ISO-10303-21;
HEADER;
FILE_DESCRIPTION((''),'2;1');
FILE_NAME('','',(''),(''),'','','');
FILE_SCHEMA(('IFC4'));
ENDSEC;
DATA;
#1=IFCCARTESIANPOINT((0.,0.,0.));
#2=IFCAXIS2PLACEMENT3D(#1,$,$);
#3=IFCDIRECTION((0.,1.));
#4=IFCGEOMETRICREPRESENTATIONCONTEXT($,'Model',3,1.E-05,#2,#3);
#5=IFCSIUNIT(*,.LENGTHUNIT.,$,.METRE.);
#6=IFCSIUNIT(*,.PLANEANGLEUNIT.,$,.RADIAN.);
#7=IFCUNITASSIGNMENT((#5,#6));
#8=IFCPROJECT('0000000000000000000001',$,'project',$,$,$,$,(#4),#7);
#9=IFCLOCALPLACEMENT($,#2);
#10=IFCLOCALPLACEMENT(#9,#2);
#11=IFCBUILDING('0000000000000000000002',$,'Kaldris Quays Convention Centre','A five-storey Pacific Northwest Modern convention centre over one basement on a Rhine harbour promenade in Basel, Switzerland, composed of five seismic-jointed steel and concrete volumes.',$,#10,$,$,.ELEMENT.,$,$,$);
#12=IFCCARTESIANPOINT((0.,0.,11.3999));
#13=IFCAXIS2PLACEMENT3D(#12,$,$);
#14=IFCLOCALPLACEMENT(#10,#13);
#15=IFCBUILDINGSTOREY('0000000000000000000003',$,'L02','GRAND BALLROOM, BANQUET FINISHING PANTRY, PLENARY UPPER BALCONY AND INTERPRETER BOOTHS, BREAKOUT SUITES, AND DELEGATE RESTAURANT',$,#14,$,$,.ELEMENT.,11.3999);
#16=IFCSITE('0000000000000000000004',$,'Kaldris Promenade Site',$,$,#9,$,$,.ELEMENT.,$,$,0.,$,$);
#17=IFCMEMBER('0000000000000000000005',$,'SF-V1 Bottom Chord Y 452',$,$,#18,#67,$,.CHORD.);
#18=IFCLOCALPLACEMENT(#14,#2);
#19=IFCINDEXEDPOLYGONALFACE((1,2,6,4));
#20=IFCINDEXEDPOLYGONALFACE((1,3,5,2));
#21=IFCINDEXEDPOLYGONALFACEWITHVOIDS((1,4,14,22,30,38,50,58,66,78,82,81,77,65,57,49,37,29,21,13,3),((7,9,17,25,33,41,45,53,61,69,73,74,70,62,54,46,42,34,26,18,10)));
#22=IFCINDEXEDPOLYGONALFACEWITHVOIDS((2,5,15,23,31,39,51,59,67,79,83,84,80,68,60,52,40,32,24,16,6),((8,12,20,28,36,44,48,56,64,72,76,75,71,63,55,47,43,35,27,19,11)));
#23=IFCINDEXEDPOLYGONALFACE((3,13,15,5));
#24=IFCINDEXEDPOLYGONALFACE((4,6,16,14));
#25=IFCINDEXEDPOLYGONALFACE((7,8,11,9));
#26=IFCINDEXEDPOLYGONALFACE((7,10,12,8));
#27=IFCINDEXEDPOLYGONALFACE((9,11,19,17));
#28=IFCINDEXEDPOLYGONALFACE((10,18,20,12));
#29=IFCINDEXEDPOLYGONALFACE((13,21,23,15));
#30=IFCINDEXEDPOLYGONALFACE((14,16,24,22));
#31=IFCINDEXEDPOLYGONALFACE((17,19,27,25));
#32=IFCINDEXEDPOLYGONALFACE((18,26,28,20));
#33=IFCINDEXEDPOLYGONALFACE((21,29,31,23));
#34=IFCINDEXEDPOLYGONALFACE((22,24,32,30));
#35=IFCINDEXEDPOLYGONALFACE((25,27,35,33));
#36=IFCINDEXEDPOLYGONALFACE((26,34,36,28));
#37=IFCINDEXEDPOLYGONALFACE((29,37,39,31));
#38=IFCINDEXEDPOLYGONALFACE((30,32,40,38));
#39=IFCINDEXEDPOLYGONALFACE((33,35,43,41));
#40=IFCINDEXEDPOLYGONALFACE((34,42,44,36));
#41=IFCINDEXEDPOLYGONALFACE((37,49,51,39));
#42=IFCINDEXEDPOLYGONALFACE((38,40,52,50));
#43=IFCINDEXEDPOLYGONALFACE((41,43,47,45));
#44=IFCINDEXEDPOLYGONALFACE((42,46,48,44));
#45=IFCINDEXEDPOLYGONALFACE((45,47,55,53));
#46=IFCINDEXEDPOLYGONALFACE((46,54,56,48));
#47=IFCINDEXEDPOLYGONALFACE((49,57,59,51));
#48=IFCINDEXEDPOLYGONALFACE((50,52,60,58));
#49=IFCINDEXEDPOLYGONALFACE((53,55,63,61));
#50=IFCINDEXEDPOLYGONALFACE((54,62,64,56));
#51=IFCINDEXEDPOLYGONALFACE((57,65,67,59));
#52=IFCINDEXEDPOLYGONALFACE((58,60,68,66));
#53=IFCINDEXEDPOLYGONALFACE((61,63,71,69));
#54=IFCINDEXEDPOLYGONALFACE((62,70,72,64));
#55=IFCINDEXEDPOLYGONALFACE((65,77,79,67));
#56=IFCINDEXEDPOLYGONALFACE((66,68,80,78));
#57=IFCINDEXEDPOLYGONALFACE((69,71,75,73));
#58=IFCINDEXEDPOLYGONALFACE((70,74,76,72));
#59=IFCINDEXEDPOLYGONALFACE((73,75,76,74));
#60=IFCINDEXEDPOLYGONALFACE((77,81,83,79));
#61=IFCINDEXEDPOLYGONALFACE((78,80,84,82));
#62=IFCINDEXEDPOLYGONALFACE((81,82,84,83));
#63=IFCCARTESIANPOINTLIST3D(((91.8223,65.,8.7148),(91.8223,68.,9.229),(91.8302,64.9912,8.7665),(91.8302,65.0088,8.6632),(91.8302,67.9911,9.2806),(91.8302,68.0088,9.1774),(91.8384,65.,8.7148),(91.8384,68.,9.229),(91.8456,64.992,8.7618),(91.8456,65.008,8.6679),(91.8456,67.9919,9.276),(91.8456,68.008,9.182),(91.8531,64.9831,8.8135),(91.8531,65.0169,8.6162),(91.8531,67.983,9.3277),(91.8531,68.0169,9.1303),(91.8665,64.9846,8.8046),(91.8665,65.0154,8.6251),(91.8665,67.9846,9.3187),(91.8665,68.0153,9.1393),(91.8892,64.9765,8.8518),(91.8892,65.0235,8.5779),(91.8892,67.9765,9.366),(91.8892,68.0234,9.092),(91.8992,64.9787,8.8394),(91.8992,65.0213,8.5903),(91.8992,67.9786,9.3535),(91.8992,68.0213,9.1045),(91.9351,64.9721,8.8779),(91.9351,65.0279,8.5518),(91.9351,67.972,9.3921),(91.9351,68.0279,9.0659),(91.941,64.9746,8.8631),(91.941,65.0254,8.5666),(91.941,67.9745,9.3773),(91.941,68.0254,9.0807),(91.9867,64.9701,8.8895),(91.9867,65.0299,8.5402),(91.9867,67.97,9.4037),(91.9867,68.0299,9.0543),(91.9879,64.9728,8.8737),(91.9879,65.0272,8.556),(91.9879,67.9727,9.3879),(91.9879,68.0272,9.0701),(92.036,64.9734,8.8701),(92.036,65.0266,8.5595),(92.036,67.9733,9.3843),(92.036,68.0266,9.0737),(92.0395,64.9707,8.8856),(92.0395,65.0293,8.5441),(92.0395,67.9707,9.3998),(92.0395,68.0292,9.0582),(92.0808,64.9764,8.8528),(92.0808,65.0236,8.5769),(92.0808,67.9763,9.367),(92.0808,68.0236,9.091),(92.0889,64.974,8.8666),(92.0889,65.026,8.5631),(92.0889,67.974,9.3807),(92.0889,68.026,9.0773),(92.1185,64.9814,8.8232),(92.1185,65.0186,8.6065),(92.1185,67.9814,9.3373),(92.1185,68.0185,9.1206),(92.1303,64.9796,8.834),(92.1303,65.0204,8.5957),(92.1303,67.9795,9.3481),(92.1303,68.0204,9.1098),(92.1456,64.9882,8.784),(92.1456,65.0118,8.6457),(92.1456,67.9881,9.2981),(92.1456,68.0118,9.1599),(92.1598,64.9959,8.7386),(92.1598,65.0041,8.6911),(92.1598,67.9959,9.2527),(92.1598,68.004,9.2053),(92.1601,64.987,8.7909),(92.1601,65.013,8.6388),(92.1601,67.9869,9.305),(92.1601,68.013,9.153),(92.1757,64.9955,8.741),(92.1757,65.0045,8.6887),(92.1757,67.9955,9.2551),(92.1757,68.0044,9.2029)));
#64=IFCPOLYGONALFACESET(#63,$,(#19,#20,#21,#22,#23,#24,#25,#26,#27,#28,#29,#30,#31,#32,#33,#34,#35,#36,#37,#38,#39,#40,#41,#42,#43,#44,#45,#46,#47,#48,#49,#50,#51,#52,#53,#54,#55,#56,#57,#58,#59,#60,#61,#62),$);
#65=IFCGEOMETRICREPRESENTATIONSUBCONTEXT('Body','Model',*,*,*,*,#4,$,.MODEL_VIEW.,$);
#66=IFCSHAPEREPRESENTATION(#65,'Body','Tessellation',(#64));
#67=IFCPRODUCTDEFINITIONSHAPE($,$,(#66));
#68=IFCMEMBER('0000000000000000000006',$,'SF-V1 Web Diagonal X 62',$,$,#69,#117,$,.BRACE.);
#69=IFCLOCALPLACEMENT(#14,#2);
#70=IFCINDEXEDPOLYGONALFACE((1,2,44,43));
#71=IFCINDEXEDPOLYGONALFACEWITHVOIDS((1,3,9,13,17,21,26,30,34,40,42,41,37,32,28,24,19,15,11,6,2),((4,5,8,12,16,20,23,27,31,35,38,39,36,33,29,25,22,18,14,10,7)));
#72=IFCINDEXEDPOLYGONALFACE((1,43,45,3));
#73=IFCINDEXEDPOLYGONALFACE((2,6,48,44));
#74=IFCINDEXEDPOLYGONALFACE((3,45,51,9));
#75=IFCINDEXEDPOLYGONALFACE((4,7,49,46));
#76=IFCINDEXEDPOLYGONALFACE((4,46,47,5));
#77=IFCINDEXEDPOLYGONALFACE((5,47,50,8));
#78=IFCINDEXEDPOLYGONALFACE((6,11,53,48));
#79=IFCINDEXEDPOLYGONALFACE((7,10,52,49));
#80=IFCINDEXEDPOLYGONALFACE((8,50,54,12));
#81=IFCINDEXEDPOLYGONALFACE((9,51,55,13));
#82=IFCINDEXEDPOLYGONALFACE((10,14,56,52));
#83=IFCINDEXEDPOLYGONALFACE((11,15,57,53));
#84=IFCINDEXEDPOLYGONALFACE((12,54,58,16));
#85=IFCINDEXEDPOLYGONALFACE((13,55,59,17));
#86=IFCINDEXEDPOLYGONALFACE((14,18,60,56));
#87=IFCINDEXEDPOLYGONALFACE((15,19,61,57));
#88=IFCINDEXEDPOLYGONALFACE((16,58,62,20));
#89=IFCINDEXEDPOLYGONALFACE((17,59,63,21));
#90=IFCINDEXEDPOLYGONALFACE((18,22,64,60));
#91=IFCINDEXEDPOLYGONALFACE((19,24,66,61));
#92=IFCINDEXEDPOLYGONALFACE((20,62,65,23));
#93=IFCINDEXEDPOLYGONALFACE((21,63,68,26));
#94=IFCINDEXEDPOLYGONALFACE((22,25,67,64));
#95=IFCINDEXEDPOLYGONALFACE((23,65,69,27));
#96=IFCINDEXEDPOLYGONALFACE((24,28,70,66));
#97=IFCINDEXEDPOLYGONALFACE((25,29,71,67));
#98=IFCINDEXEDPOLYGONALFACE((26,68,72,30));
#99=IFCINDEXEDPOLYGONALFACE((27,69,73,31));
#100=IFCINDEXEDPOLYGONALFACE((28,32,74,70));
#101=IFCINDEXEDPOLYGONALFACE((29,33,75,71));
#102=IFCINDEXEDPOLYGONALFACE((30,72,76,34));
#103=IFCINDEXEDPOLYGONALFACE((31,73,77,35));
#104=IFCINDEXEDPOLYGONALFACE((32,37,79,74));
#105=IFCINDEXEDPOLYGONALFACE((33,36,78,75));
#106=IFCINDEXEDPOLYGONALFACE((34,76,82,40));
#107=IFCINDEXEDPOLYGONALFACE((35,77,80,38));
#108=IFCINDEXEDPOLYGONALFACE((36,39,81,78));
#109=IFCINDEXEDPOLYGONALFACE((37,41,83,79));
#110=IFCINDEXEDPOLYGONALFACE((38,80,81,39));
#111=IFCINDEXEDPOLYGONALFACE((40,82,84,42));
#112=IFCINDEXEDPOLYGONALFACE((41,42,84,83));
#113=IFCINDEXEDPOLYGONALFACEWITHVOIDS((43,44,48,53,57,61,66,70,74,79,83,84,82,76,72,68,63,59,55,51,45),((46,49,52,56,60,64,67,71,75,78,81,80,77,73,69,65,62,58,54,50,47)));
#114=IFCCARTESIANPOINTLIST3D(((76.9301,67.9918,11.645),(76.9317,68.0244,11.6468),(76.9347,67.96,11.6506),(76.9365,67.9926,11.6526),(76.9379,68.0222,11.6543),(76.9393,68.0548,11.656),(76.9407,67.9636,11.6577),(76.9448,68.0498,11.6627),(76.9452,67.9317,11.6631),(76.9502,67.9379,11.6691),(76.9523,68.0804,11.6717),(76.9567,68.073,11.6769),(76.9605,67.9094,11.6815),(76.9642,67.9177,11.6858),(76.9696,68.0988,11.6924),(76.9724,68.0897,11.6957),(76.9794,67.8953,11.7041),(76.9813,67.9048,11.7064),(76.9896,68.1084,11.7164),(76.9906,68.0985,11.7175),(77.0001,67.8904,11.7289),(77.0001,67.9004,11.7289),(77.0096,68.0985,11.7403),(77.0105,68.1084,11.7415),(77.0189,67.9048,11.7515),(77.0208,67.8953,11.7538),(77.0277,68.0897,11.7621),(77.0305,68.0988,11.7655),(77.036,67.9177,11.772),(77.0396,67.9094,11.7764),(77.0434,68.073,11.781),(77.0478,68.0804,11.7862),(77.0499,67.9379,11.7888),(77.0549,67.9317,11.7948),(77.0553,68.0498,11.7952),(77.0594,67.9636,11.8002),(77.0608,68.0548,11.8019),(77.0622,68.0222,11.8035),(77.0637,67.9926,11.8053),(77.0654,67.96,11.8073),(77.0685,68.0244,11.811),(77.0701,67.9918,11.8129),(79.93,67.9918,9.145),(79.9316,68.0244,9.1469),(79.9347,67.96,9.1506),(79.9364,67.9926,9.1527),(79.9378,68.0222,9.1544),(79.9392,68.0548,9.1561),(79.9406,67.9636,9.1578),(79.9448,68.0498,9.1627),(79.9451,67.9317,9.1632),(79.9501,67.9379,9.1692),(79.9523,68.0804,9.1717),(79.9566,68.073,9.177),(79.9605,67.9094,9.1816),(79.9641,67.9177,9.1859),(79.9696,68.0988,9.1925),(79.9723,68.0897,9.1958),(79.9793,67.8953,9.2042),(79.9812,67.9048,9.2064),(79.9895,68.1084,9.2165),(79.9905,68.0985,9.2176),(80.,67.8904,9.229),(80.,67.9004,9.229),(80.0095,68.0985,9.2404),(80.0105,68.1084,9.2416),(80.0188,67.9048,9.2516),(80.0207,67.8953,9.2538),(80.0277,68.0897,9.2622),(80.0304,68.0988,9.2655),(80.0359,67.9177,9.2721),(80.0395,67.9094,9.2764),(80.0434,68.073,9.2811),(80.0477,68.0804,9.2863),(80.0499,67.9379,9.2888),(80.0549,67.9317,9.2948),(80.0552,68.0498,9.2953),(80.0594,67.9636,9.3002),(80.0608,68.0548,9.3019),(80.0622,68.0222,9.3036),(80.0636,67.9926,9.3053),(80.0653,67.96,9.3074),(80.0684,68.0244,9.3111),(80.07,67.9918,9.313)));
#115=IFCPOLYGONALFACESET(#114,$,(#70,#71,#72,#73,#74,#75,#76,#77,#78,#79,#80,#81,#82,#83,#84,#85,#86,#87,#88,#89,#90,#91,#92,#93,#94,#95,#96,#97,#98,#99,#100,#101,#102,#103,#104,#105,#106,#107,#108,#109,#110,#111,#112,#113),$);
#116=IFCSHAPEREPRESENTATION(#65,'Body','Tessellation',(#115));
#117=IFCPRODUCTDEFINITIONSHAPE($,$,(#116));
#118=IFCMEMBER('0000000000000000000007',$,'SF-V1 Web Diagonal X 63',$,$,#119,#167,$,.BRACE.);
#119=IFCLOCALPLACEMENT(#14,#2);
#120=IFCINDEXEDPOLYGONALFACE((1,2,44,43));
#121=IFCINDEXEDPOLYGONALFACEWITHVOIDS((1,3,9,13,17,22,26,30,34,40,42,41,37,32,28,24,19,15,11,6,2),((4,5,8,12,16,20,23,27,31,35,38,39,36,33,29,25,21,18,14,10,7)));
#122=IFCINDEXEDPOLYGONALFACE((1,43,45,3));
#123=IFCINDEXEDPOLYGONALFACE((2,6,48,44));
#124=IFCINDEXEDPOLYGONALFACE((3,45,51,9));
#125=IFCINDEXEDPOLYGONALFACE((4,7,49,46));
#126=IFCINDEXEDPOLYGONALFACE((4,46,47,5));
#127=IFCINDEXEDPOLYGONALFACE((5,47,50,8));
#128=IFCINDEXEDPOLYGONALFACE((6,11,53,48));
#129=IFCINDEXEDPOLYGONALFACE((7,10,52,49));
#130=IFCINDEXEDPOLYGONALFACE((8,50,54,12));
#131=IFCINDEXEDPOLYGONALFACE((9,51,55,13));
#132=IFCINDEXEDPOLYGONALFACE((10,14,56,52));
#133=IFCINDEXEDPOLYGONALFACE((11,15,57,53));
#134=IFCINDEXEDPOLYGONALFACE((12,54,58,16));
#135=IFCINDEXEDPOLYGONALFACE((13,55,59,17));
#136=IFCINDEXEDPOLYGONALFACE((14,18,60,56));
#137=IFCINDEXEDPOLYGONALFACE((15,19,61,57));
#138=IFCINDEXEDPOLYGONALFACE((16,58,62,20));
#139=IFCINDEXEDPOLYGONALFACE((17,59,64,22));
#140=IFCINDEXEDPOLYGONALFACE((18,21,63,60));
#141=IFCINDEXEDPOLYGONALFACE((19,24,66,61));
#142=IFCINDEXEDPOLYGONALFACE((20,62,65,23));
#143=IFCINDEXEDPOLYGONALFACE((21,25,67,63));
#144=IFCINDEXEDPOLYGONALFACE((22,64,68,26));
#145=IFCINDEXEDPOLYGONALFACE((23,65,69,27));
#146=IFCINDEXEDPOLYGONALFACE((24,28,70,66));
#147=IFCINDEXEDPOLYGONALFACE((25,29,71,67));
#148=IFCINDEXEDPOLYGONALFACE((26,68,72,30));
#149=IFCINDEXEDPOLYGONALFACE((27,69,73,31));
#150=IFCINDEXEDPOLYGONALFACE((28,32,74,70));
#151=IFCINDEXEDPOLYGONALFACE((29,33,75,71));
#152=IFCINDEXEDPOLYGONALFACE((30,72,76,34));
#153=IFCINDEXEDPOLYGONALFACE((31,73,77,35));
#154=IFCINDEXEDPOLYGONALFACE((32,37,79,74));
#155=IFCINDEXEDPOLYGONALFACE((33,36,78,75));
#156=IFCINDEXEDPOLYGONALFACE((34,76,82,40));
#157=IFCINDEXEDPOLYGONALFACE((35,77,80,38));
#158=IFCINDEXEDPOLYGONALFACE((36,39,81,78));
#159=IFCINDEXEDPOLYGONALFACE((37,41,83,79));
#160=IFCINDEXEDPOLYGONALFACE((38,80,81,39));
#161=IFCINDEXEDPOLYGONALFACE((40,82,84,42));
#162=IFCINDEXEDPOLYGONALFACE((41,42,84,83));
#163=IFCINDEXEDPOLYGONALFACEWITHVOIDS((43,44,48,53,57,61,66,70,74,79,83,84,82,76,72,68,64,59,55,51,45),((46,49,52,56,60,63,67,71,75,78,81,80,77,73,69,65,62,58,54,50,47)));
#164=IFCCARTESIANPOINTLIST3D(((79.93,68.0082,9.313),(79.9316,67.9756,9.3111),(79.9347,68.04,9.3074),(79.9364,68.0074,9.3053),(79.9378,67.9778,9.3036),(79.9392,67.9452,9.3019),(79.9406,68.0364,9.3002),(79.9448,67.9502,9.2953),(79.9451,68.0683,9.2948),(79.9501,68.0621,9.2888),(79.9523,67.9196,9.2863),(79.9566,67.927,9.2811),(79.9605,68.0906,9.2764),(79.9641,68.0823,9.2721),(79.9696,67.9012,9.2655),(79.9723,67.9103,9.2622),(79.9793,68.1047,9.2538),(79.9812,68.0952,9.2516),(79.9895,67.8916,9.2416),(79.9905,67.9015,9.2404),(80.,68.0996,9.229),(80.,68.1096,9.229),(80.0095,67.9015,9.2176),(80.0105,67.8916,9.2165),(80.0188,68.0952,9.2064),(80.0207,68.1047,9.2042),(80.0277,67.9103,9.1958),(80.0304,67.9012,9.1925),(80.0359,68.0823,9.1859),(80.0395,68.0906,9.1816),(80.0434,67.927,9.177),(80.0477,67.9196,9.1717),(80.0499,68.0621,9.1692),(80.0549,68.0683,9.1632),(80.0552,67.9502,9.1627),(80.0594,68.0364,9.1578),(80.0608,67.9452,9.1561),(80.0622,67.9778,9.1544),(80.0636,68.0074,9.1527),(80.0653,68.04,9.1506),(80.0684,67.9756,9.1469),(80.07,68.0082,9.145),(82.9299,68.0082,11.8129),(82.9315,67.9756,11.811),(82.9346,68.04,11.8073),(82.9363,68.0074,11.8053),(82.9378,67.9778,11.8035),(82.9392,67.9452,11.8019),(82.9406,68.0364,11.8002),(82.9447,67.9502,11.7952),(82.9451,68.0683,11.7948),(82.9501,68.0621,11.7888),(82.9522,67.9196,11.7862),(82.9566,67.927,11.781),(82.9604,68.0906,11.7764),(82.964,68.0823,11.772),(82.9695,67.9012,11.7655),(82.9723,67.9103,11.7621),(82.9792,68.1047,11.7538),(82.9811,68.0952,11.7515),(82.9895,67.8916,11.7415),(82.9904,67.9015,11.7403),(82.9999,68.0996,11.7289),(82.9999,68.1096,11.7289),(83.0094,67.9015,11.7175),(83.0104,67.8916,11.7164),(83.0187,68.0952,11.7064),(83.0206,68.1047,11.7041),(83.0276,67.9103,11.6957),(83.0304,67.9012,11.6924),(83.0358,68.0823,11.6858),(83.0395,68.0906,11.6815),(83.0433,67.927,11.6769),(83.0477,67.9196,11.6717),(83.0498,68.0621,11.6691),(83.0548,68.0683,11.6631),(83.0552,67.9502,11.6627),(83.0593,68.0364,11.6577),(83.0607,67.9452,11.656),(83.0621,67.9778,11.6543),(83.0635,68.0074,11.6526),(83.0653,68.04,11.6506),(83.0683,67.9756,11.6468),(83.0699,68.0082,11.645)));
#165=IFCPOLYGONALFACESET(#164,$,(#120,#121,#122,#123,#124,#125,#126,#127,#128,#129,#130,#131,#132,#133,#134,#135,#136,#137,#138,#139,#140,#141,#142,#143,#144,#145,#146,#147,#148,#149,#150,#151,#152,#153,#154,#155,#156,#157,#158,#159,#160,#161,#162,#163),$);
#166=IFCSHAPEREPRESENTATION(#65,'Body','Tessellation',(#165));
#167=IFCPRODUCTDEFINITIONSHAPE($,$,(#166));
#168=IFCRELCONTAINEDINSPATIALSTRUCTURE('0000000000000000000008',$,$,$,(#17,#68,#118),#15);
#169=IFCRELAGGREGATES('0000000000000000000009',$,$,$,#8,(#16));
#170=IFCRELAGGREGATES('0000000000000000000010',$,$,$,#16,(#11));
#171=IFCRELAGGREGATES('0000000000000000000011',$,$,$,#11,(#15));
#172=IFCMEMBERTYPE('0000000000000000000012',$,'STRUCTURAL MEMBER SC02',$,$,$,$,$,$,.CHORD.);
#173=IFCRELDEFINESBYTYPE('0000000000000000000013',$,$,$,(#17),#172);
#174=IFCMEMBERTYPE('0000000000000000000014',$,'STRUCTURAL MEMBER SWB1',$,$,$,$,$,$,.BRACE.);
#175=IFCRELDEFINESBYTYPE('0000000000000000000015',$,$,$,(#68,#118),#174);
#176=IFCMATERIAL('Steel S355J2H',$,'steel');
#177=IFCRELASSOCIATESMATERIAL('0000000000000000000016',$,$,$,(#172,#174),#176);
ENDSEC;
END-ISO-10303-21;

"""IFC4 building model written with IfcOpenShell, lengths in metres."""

from ifc_helpers import new_model, si_unit, direction, frame, origin, origin_2d, place, context, subcontext, project, spatial, hollow_circle, extrude, material, material_profile, profile_set, type_object, element, save


model = new_model("IFC4")

# Units and contexts
model_context = context("Model", 3, precision=1e-05, world=origin(), true_north=direction((0.0, 1.0)))
body_context = subcontext(model_context, "Body", "Model", "MODEL_VIEW")
ifc_project = project(units=[si_unit("LENGTHUNIT", "METRE"), si_unit("PLANEANGLEUNIT", "RADIAN")], contexts=[model_context])

# Site, building, storey
site_placement = place(None, origin())
site = spatial("IfcSite", under=ifc_project, at=site_placement, Name="Kaldris Promenade Site", CompositionType="ELEMENT", RefElevation=0.0)
building_placement = place(site_placement, origin())
building = spatial("IfcBuilding", under=site, at=building_placement, Name="Kaldris Quays Convention Centre", Description="A five-storey Pacific Northwest Modern convention centre over one basement on a Rhine harbour promenade in Basel, Switzerland, composed of five seismic-jointed steel and concrete volumes.", CompositionType="ELEMENT")
storey_placement = place(building_placement, frame((0.0, 0.0, 11.3999)))
storey = spatial("IfcBuildingStorey", under=building, at=storey_placement, Name="L02", Description="GRAND BALLROOM, BANQUET FINISHING PANTRY, PLENARY UPPER BALCONY AND INTERPRETER BOOTHS, BREAKOUT SUITES, AND DELEGATE RESTAURANT", CompositionType="ELEMENT", Elevation=11.3999)

# Members
ifc_material_1 = material(Name="Steel S355J2H", Category="steel")
ifc_material_profile_1 = material_profile(ifc_material_1, hollow_circle(Radius=0.1777, WallThickness=0.0161, at=origin_2d()), Name="CHS 355.6x16")
ifc_profile_set_1 = profile_set([ifc_material_profile_1], Name="Steel S355J2H")
member_type_1 = type_object("IfcMemberType", Name="STRUCTURAL MEMBER SC02", PredefinedType="CHORD", material=ifc_profile_set_1)
for number, where, z_axis, x_axis, name in (
    (1, (92.0, 65.0, 8.7148), (0.0, 0.985629, 0.168924), (-1.0, 0.0, 0.0), "SF-V1 Bottom Chord Y 452"),
):
    element("IfcMember", number, at=place(storey_placement, frame(where, z_axis=z_axis, x_axis=x_axis)), inside=storey, type_object=member_type_1, Name=name, PredefinedType="CHORD", context=body_context, shape_type="SweptSolid", body=[
        extrude(hollow_circle(Radius=0.1777, WallThickness=0.0161, at=origin_2d()), origin(), (0.0, 0.0, 1.0), 3.0437),
    ])
ifc_material_profile_2 = material_profile(ifc_material_1, hollow_circle(Radius=0.1096, WallThickness=0.01, at=origin_2d()), Name="CHS 219.1x10")
ifc_profile_set_2 = profile_set([ifc_material_profile_2], Name="Steel S355J2H")
member_type_2 = type_object("IfcMemberType", Name="STRUCTURAL MEMBER SWB1", PredefinedType="BRACE", material=ifc_profile_set_2)
for number, where, z_axis, x_axis, name in (
    (2, (80.0, 68.0, 9.229), (-0.768221, 0.0, 0.640184), (0.0, -1.0, 0.0), "SF-V1 Web Diagonal X 62"),
    (3, (80.0, 68.0, 9.229), (0.768221, 0.0, 0.640184), (0.0, 1.0, 0.0), "SF-V1 Web Diagonal X 63"),
):
    element("IfcMember", number, at=place(storey_placement, frame(where, z_axis=z_axis, x_axis=x_axis)), inside=storey, type_object=member_type_2, Name=name, PredefinedType="BRACE", context=body_context, shape_type="SweptSolid", body=[
        extrude(hollow_circle(Radius=0.1096, WallThickness=0.01, at=origin_2d()), origin(), (0.0, 0.0, 1.0), 3.905),
    ])

save(model, "model.ifc")
